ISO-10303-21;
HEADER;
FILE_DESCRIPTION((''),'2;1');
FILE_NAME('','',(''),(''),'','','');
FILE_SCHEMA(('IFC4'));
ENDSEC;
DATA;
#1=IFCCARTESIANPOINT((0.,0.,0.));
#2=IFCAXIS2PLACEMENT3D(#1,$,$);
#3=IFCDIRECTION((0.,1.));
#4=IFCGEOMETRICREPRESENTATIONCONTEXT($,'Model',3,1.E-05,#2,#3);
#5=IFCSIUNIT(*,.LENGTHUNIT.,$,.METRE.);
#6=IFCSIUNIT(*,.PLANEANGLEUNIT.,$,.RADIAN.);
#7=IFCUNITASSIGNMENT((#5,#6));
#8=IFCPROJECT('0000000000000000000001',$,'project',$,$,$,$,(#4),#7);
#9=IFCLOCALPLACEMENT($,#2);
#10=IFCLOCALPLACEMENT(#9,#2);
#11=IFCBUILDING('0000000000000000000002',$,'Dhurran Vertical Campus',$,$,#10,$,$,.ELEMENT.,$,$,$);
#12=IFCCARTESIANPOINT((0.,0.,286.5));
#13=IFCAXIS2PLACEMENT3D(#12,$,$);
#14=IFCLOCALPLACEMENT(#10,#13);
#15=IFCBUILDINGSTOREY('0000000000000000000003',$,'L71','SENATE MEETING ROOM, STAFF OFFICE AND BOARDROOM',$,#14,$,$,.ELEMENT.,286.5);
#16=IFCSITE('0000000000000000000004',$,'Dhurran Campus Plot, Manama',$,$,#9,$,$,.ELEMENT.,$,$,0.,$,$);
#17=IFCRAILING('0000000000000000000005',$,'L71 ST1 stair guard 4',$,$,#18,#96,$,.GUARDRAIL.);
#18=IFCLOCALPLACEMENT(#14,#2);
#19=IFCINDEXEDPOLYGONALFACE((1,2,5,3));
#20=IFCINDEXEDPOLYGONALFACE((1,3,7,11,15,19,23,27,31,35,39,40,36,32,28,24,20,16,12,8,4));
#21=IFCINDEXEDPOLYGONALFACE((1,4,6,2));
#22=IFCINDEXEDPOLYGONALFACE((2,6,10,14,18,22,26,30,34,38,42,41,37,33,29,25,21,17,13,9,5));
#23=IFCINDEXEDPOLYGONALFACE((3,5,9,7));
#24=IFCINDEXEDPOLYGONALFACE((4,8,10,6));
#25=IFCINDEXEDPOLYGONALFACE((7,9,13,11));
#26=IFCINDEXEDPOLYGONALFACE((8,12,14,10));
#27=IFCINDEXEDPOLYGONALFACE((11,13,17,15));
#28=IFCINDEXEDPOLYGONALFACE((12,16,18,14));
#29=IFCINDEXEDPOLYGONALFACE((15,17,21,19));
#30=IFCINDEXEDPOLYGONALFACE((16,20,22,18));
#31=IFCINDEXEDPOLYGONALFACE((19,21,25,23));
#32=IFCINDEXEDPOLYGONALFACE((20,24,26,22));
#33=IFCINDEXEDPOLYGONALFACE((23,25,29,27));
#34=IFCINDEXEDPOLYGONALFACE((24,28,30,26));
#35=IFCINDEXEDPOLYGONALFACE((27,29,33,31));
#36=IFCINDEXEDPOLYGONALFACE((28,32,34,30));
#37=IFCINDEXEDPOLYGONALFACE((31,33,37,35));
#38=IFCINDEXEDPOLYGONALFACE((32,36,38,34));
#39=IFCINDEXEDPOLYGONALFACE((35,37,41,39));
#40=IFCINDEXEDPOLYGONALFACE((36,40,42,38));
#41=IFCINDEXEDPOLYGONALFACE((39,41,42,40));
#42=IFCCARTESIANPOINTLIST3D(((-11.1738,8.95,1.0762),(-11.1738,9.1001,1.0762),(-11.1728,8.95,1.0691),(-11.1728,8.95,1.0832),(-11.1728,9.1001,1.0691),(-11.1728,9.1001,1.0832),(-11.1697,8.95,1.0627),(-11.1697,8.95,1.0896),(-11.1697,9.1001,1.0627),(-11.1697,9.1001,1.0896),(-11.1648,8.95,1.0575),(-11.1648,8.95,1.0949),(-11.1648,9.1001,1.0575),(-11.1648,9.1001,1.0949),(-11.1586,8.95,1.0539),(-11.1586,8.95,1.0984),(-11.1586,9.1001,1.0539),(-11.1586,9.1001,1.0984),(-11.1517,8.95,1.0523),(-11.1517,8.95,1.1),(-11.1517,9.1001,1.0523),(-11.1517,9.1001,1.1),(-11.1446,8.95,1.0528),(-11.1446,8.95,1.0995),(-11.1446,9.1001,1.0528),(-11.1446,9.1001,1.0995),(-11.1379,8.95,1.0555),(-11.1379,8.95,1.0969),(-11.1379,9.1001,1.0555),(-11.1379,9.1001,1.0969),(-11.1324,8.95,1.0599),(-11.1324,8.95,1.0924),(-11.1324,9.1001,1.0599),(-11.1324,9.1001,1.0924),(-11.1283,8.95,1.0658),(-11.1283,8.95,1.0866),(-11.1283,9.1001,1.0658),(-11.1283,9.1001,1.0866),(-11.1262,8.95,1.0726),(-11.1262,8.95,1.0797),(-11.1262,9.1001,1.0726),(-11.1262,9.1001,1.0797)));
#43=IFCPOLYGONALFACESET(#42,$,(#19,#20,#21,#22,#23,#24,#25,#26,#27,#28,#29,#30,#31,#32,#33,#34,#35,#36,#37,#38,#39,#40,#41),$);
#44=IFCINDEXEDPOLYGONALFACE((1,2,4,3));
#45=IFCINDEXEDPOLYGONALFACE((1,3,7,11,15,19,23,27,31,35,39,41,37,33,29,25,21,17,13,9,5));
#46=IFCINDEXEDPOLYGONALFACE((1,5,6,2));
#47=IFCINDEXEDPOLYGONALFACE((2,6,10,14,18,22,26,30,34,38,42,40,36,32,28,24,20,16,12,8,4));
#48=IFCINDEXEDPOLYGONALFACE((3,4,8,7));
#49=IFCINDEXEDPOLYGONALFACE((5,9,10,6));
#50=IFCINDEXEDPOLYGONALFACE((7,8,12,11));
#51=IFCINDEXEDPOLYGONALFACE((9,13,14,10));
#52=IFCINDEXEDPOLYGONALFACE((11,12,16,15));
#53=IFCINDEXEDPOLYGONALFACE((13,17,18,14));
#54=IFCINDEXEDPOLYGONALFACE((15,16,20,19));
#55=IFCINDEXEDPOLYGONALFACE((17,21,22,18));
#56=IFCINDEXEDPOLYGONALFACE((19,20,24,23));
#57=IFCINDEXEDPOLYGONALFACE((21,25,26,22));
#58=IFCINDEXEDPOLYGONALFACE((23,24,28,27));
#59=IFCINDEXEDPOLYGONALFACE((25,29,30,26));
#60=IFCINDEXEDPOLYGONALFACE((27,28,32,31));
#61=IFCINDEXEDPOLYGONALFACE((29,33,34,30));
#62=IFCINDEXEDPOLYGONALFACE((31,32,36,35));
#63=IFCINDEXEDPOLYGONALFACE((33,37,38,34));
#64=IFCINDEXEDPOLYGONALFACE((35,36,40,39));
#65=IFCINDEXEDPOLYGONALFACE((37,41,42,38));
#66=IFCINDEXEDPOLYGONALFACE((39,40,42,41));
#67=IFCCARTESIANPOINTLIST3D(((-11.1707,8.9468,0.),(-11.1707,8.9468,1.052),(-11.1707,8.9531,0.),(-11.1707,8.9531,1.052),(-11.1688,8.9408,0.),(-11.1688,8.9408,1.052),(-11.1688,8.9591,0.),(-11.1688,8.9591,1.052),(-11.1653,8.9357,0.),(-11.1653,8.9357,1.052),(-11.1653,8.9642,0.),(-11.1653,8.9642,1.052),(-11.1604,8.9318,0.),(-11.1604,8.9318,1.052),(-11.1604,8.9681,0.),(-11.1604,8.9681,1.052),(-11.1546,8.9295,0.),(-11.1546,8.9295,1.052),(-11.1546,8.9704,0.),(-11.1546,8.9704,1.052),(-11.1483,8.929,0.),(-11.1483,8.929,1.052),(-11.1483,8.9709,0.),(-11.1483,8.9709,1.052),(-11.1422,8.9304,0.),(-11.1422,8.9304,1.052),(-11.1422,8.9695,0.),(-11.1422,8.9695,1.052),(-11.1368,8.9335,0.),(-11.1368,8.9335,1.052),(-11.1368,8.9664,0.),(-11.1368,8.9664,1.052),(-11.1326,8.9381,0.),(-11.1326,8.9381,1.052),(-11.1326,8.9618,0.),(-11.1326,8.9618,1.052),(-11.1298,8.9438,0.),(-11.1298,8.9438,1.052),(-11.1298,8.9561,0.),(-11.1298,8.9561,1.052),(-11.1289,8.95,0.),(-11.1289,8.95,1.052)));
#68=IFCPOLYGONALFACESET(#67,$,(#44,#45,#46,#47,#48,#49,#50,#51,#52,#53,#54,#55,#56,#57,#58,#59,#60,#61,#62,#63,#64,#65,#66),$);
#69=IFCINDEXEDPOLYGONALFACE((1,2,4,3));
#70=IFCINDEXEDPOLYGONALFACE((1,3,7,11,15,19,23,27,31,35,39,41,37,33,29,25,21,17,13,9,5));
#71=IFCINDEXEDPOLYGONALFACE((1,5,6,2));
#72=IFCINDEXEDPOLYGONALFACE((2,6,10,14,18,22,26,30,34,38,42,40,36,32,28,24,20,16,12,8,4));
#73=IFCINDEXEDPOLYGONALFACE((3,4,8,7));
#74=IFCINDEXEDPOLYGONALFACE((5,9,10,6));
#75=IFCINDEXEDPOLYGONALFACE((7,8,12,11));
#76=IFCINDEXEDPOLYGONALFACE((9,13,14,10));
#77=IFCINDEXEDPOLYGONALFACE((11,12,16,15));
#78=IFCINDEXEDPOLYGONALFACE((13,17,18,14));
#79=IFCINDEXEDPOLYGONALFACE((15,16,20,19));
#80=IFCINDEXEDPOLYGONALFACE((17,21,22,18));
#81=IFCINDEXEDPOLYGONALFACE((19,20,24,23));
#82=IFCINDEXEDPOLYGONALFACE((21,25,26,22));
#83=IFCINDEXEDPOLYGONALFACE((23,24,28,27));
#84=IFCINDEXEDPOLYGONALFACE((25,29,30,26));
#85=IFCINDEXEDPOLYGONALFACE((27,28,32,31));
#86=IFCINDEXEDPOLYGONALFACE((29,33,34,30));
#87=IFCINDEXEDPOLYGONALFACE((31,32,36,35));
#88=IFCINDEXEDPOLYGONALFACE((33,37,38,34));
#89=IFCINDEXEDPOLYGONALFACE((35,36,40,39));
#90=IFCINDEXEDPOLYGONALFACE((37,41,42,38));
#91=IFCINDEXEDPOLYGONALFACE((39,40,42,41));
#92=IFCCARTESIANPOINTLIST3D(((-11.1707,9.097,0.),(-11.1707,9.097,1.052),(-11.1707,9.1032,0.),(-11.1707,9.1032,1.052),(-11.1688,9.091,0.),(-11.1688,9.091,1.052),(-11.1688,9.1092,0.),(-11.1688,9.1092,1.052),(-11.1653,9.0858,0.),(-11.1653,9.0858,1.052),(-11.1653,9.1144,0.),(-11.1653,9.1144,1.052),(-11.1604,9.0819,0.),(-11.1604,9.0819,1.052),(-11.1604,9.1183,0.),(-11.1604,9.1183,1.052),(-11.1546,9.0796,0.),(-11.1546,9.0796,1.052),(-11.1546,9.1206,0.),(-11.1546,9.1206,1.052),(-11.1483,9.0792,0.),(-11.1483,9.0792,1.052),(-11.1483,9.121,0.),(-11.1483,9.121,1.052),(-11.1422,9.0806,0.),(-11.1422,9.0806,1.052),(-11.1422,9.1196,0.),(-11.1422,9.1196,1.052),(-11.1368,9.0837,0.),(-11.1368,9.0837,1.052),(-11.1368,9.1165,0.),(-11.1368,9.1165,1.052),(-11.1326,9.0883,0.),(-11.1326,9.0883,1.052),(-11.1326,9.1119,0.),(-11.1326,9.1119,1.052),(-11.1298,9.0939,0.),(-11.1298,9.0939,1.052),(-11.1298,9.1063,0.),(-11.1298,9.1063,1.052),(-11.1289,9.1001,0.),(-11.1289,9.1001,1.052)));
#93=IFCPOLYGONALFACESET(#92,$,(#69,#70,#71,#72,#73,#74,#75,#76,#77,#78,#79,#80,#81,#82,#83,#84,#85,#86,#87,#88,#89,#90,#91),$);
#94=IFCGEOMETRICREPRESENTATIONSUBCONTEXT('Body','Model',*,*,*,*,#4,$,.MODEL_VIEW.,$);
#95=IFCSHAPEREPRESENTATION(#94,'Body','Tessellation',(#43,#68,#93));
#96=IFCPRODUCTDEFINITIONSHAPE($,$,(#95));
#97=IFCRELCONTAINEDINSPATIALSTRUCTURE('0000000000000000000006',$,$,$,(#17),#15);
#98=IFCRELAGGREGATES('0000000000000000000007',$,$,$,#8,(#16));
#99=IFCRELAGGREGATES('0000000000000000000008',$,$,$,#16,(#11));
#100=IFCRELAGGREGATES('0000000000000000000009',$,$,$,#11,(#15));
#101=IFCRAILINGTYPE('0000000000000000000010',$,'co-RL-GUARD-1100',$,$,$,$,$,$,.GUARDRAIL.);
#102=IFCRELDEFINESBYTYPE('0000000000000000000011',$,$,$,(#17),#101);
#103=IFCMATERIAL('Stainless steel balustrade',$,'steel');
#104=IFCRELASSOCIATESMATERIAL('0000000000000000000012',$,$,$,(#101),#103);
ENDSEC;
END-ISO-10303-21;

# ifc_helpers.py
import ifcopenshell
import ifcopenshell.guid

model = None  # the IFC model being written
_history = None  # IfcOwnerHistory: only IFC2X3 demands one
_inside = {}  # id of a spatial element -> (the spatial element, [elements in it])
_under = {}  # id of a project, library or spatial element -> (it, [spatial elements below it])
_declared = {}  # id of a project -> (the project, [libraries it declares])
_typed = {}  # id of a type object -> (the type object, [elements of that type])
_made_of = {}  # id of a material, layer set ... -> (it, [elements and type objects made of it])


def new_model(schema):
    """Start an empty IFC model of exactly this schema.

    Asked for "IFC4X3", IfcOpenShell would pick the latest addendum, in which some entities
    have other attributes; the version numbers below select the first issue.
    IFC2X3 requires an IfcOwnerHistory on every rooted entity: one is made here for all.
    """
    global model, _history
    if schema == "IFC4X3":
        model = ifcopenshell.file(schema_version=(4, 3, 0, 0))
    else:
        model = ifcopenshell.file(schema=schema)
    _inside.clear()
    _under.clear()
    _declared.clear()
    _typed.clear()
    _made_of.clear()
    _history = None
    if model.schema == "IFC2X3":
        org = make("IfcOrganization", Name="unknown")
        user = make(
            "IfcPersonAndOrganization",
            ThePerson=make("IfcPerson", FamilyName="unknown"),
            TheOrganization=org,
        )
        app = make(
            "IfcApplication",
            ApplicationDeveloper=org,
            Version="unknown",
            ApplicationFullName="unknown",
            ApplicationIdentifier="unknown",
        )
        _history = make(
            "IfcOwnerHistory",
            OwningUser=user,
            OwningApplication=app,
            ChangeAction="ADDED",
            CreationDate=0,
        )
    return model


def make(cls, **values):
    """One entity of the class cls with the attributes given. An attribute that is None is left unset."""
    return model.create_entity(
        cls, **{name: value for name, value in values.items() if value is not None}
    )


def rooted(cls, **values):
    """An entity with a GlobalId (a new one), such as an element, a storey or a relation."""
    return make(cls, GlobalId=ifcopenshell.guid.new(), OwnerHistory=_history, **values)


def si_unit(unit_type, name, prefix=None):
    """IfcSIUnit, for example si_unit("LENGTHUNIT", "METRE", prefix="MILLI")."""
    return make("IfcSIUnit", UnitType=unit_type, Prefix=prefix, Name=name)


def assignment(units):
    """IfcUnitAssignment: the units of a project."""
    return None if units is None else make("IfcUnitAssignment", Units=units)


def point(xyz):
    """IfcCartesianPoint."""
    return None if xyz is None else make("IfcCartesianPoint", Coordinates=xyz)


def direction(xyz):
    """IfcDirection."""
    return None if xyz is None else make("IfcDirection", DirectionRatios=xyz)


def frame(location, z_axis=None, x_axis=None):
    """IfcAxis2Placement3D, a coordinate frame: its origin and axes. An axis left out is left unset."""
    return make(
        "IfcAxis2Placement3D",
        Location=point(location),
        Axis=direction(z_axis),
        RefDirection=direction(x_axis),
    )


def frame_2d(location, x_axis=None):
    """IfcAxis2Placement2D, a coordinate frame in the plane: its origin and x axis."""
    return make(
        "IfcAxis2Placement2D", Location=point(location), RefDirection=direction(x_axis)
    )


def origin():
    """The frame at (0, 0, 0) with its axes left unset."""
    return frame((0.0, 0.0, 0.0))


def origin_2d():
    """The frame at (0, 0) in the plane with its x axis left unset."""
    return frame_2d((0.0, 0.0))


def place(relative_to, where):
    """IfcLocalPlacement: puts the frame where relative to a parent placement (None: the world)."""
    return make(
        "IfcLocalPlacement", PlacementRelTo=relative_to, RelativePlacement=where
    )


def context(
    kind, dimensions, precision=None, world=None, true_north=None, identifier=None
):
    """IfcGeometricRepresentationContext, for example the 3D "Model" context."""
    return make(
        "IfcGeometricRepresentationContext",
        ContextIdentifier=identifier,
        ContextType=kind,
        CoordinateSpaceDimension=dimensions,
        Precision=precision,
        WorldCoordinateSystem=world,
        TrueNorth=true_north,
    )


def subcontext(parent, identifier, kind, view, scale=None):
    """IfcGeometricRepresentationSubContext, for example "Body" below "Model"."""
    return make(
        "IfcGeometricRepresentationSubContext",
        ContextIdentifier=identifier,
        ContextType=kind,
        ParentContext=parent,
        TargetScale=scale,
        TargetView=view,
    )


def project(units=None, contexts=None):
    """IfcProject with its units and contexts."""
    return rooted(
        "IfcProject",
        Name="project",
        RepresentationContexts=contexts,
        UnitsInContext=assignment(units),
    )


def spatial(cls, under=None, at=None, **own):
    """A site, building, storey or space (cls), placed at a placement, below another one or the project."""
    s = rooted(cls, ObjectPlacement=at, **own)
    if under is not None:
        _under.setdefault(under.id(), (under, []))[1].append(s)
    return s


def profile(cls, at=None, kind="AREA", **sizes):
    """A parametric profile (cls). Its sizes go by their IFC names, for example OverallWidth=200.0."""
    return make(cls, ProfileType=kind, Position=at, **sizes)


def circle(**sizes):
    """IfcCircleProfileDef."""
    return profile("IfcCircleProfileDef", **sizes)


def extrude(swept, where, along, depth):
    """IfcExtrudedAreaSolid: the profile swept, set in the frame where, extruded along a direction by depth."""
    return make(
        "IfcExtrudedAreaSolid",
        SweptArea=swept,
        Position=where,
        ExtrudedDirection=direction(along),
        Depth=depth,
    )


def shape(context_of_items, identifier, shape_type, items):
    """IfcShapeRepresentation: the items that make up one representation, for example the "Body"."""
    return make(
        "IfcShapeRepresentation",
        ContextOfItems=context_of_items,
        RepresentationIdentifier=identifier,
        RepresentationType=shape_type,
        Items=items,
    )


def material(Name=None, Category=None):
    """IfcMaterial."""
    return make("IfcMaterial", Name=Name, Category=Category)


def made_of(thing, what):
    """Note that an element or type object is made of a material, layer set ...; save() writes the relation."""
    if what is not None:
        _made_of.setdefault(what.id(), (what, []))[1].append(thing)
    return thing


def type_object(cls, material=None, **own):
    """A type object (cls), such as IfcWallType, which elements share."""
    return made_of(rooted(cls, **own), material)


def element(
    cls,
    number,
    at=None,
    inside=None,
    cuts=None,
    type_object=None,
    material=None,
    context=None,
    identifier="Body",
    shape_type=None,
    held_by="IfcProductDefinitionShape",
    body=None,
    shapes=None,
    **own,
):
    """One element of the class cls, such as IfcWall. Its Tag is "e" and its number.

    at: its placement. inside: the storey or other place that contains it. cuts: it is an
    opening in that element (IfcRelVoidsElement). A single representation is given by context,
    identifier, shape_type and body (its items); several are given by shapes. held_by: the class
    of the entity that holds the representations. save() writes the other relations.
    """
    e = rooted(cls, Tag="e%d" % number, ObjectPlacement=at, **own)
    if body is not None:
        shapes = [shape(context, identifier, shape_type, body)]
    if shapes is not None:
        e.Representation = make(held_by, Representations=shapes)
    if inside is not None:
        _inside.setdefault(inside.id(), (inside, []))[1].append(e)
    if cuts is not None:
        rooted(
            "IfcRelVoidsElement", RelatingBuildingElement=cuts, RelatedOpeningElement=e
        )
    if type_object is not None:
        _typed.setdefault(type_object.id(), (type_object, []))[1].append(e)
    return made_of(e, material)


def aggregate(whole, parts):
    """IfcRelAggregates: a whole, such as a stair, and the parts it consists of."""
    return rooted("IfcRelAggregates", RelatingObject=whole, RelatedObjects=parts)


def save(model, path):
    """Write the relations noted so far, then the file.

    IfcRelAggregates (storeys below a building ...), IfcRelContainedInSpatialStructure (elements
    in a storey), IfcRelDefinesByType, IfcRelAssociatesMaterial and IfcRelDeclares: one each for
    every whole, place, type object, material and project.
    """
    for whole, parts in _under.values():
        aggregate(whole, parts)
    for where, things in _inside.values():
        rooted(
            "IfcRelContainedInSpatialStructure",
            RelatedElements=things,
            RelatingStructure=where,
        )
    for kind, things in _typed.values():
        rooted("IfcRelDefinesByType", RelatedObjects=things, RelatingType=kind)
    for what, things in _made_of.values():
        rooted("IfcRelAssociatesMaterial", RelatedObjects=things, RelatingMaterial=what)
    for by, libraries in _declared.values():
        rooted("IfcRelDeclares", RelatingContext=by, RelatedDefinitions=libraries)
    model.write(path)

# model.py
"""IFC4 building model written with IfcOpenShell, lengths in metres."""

from ifc_helpers import new_model, si_unit, direction, frame, origin, origin_2d, place, context, subcontext, project, spatial, circle, extrude, material, type_object, element, save


model = new_model("IFC4")

# Units and contexts
model_context = context("Model", 3, precision=1e-05, world=origin(), true_north=direction((0.0, 1.0)))
body_context = subcontext(model_context, "Body", "Model", "MODEL_VIEW")
ifc_project = project(units=[si_unit("LENGTHUNIT", "METRE"), si_unit("PLANEANGLEUNIT", "RADIAN")], contexts=[model_context])

# Site, building, storey
site_placement = place(None, origin())
site = spatial("IfcSite", under=ifc_project, at=site_placement, Name="Dhurran Campus Plot, Manama", CompositionType="ELEMENT", RefElevation=0.0)
building_placement = place(site_placement, origin())
building = spatial("IfcBuilding", under=site, at=building_placement, Name="Dhurran Vertical Campus", CompositionType="ELEMENT")
storey_placement = place(building_placement, frame((0.0, 0.0, 286.5)))
storey = spatial("IfcBuildingStorey", under=building, at=storey_placement, Name="L71", Description="SENATE MEETING ROOM, STAFF OFFICE AND BOARDROOM", CompositionType="ELEMENT", Elevation=286.5)

# Railing
ifc_material_1 = material(Name="Stainless steel balustrade", Category="steel")
railing_type_1 = type_object("IfcRailingType", Name="co-RL-GUARD-1100", PredefinedType="GUARDRAIL", material=ifc_material_1)
railing_1_placement = place(storey_placement, frame((-11.1499, 8.95, 0.0)))
element("IfcRailing", 1, at=railing_1_placement, inside=storey, type_object=railing_type_1, Name="L71 ST1 stair guard 4", PredefinedType="GUARDRAIL", context=body_context, shape_type="SweptSolid", body=[
    extrude(circle(Radius=0.0239, at=origin_2d()), frame((0.0, 0.0, 1.0762), z_axis=(0.0, 1.0, 0.0), x_axis=(-1.0, 0.0, 0.0)), (0.0, 0.0, 1.0), 0.1501),
    extrude(circle(Radius=0.021, at=origin_2d()), origin(), (0.0, 0.0, 1.0), 1.052),
    extrude(circle(Radius=0.021, at=origin_2d()), frame((0.0, 0.1501, 0.0)), (0.0, 0.0, 1.0), 1.052),
])

save(model, "model.ifc")
